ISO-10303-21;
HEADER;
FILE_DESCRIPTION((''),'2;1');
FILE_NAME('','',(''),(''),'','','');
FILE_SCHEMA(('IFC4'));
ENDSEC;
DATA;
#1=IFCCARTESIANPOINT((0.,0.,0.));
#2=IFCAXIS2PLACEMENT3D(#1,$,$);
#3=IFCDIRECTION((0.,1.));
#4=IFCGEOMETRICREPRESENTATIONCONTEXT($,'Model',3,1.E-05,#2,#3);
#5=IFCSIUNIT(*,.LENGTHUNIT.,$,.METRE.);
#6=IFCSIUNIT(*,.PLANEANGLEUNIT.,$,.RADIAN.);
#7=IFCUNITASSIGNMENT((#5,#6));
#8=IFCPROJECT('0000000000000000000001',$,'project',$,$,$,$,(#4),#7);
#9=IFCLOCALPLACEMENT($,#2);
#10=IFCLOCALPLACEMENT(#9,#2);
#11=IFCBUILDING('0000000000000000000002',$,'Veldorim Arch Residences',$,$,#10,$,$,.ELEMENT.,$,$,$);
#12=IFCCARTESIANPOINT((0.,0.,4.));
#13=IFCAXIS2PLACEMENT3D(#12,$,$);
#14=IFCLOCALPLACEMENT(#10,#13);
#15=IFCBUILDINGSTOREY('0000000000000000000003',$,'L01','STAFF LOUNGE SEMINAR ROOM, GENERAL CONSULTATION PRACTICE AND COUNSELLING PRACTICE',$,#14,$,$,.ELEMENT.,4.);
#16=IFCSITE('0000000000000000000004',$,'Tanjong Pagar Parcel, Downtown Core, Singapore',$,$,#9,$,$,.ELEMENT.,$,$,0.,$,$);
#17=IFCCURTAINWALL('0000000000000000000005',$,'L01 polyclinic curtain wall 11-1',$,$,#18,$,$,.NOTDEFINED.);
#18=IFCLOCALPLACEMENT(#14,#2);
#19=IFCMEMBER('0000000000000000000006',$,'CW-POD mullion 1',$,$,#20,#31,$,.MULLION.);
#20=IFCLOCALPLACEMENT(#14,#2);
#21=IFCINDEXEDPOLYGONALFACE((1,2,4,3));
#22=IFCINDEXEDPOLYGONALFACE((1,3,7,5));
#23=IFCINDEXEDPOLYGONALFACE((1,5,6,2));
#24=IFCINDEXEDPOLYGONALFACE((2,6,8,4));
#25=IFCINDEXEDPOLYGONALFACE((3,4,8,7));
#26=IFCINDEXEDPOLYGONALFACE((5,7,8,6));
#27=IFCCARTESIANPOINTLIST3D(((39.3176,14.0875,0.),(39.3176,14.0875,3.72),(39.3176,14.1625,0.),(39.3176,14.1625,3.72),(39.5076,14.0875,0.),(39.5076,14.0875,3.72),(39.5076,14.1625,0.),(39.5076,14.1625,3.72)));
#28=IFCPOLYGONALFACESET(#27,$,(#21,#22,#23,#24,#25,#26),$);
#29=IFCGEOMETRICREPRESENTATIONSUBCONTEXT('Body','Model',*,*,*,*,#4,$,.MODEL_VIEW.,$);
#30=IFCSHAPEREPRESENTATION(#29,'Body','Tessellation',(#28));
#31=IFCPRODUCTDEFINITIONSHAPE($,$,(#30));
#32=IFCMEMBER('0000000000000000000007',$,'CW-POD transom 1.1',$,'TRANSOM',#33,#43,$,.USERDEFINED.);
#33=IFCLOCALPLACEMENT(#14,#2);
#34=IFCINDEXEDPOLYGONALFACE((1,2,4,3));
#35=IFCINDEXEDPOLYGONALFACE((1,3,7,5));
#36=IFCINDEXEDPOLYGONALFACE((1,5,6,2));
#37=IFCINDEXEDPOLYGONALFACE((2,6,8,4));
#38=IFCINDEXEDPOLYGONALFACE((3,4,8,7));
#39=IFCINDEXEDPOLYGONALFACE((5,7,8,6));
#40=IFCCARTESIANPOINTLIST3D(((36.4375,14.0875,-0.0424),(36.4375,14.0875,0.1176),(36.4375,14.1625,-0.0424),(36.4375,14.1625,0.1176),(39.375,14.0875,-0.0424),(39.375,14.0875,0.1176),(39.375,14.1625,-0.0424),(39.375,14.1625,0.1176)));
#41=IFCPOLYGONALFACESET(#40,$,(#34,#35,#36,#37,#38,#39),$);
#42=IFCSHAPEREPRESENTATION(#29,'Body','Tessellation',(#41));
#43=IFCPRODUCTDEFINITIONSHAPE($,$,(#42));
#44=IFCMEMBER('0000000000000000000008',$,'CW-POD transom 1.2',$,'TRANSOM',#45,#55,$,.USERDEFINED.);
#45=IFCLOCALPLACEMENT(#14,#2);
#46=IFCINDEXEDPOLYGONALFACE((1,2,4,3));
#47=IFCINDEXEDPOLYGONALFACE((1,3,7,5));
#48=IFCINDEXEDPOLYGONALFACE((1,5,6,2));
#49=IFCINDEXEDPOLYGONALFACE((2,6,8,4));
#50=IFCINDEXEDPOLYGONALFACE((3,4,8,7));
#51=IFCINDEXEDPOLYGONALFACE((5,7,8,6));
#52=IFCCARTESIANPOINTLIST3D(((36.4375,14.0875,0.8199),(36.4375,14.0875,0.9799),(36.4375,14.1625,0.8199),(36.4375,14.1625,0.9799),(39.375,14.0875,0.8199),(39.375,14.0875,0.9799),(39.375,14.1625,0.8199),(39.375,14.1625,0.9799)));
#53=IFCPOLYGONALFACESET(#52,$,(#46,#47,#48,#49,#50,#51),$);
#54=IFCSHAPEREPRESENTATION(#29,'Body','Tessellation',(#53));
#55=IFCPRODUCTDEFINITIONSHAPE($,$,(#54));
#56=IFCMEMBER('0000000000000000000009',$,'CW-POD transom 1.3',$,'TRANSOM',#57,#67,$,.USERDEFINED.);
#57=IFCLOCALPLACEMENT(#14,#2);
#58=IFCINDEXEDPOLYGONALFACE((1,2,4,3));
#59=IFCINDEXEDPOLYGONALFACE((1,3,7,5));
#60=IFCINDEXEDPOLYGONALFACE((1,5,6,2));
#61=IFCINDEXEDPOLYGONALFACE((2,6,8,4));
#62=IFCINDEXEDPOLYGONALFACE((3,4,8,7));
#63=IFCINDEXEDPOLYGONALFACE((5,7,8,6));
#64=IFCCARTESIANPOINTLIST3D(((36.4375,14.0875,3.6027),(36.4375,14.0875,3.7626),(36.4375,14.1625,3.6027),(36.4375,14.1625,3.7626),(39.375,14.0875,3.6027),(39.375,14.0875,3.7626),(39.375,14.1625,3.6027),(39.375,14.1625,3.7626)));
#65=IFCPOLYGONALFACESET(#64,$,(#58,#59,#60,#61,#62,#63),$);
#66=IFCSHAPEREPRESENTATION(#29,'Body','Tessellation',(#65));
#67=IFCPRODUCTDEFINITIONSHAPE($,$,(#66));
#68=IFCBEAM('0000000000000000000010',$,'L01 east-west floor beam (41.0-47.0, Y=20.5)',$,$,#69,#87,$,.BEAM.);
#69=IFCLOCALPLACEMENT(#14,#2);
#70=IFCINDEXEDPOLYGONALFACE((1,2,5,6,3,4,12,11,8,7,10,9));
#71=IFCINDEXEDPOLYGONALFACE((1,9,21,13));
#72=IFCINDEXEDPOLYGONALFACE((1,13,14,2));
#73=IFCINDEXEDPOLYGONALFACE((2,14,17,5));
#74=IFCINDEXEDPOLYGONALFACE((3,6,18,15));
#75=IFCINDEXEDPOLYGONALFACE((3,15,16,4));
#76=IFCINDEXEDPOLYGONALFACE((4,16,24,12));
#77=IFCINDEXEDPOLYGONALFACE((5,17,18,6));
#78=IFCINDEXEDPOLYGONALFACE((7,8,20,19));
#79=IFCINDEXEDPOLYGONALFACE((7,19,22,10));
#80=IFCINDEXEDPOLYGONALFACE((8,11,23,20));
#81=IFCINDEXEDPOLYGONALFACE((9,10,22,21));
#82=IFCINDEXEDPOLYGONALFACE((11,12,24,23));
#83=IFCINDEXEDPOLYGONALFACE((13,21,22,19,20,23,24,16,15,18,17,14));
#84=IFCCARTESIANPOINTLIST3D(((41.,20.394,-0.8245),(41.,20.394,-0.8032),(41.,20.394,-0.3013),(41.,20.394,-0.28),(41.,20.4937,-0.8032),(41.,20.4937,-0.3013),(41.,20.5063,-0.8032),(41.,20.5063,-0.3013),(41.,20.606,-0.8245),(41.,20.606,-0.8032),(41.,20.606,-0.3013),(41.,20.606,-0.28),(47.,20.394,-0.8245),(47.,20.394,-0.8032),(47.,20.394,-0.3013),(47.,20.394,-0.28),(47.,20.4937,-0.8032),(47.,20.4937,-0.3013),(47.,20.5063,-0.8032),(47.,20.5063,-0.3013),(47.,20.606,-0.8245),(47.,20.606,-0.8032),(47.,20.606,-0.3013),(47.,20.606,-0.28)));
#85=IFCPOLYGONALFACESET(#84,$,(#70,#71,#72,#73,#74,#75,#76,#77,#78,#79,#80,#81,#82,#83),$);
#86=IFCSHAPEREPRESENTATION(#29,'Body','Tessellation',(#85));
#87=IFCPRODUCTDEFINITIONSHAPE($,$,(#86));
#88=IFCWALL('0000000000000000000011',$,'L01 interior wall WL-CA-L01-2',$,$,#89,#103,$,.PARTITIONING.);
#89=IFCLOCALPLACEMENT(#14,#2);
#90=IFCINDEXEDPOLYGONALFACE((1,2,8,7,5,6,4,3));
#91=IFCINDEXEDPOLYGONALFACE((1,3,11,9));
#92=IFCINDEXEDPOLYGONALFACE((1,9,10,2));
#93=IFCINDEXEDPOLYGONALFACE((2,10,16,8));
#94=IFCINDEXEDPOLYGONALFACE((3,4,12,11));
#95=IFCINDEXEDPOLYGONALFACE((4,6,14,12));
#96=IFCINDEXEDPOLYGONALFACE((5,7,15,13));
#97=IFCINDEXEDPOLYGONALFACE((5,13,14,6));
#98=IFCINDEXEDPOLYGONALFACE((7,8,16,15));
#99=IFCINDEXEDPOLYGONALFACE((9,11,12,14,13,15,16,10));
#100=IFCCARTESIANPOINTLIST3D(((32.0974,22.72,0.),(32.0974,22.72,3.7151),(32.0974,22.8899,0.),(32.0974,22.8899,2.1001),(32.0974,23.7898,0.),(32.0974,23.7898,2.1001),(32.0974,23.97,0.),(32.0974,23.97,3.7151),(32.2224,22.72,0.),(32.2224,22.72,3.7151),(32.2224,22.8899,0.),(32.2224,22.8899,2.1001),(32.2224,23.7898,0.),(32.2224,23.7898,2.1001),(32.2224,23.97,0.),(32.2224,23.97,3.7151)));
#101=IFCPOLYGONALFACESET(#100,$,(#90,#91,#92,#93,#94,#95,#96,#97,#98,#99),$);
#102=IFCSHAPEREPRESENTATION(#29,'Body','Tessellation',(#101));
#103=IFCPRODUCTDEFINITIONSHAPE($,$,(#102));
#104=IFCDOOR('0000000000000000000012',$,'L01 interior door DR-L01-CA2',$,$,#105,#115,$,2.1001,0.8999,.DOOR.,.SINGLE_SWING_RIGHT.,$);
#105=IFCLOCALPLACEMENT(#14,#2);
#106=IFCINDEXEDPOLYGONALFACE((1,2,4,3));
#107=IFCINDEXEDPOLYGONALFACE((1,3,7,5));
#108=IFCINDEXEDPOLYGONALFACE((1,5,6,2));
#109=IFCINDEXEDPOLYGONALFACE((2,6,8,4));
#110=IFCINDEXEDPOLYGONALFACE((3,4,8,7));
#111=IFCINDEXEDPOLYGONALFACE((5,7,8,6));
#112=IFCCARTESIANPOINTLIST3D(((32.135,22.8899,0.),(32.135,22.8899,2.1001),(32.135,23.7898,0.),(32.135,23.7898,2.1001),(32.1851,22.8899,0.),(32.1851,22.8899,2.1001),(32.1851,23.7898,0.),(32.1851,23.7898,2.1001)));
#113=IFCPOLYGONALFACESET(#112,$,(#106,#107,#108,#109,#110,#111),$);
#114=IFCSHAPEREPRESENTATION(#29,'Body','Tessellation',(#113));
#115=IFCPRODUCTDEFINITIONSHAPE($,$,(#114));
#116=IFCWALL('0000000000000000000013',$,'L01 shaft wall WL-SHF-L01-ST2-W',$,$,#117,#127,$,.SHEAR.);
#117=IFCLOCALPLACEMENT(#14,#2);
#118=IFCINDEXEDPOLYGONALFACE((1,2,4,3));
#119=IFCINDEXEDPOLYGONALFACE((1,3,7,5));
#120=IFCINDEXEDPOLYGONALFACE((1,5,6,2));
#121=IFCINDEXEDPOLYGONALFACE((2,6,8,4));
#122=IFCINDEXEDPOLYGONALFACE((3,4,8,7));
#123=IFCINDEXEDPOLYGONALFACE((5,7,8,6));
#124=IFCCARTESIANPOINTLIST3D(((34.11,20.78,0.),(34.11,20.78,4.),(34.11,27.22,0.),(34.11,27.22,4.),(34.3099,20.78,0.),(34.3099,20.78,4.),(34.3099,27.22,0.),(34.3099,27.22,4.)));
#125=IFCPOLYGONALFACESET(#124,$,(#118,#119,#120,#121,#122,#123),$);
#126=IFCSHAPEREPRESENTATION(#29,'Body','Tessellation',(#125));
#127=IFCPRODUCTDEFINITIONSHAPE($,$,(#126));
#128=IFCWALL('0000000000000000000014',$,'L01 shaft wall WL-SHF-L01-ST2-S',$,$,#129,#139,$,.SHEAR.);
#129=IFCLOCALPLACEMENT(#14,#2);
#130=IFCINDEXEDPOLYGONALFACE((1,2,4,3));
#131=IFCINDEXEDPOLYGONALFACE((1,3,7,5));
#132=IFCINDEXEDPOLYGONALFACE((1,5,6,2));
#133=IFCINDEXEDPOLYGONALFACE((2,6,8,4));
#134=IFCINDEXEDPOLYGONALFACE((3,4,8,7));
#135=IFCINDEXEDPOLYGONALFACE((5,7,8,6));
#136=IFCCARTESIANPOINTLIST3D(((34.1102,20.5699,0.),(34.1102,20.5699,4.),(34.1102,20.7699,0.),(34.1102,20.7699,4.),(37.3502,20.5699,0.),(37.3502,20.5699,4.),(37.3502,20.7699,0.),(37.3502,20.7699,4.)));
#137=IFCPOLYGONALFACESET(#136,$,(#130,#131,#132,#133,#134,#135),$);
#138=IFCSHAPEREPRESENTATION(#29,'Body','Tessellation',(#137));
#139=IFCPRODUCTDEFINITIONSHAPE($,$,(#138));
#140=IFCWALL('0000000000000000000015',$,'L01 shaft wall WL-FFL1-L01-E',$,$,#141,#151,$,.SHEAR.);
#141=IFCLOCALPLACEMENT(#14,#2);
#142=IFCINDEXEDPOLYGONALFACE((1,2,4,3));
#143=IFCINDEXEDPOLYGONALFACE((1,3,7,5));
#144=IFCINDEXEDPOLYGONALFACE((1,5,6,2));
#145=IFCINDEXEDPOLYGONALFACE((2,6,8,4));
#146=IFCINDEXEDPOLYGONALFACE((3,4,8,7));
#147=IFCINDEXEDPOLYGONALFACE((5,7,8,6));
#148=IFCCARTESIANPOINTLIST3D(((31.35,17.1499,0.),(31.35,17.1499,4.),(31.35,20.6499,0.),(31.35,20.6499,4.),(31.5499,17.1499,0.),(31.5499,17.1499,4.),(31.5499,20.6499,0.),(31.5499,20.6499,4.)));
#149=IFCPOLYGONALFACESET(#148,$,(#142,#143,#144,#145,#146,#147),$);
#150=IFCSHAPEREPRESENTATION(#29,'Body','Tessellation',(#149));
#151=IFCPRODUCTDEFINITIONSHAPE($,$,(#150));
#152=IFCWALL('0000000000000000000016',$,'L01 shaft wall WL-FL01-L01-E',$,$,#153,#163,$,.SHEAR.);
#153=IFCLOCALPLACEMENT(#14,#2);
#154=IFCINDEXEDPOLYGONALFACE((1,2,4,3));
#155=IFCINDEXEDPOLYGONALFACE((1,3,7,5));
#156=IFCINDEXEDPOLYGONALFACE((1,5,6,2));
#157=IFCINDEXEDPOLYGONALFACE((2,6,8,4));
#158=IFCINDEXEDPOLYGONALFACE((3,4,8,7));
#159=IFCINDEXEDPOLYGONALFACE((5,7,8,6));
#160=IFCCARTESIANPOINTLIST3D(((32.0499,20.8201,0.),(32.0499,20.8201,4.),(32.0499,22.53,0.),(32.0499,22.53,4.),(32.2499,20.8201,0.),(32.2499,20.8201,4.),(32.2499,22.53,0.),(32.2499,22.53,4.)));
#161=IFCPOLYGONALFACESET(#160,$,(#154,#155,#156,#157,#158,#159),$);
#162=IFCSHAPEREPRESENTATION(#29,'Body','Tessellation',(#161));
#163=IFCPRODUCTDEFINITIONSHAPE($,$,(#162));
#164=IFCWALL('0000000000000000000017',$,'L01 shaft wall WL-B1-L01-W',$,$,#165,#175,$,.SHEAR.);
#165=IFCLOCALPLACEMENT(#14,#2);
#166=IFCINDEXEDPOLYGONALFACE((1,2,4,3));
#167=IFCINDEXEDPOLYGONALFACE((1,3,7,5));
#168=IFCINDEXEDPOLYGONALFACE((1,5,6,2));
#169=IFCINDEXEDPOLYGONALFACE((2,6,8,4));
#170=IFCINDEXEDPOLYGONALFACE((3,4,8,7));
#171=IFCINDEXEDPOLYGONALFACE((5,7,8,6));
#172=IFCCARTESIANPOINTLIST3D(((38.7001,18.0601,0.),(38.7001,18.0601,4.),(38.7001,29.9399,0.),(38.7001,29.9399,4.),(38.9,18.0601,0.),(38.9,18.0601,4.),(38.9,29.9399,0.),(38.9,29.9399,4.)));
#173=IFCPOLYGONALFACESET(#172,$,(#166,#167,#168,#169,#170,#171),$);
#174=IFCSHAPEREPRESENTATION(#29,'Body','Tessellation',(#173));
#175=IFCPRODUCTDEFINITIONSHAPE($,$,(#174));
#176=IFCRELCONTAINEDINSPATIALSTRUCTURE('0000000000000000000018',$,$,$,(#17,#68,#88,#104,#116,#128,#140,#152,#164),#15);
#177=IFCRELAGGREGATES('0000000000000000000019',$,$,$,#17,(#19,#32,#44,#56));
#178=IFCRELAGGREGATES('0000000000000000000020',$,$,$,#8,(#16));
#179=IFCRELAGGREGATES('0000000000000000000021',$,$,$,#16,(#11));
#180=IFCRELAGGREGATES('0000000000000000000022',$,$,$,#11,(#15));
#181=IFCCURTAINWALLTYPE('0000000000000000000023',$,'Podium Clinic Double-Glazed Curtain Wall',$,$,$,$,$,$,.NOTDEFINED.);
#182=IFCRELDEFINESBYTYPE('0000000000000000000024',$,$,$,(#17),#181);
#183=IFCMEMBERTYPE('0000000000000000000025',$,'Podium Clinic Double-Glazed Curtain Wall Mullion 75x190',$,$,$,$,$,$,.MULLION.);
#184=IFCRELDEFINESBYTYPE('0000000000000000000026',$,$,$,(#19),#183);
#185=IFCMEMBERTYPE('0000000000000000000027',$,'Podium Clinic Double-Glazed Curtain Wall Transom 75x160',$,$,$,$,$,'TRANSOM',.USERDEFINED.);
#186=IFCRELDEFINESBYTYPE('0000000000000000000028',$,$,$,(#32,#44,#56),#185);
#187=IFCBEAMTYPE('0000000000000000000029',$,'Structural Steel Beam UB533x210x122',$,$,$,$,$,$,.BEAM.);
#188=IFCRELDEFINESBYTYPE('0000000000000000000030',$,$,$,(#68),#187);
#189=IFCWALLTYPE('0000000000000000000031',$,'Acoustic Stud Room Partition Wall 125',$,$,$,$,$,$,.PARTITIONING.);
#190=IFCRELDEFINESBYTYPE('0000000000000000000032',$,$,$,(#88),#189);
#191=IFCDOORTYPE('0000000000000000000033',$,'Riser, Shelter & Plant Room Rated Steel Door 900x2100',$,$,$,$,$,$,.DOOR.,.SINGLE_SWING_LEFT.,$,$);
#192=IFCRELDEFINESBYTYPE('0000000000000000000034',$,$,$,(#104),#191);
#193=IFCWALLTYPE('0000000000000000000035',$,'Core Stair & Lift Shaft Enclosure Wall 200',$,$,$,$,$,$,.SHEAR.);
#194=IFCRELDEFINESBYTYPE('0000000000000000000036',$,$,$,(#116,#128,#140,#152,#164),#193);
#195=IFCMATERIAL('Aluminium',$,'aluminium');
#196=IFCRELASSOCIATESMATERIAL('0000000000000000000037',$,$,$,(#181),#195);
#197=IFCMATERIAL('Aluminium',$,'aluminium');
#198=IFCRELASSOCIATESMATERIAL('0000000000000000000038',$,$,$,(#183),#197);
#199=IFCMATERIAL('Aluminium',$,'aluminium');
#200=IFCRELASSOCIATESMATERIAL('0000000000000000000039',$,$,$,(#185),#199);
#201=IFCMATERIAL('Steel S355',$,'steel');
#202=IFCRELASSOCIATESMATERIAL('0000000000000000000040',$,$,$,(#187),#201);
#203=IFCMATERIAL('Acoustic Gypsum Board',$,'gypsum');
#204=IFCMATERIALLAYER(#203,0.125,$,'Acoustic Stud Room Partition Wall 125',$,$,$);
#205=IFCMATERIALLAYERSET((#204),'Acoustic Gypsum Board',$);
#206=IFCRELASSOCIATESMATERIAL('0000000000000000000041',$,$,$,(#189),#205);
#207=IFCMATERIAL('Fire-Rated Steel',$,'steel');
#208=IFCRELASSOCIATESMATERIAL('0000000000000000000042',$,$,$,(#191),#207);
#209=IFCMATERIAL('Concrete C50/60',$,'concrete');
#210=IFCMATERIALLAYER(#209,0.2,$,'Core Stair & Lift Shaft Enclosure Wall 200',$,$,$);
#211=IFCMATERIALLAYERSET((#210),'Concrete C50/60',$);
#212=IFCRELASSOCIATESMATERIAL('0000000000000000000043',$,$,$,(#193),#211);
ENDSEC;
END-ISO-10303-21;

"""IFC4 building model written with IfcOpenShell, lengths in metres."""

from ifc_helpers import new_model, si_unit, direction, frame, frame_2d, origin, origin_2d, place, context, subcontext, project, spatial, rectangle, i_section, extrude, material, layer, layer_set, material_profile, profile_set, type_object, element, fill, aggregate, save


model = new_model("IFC4")

# Units and contexts
model_context = context("Model", 3, precision=1e-05, world=origin(), true_north=direction((0.0, 1.0)))
body_context = subcontext(model_context, "Body", "Model", "MODEL_VIEW")
ifc_project = project(units=[si_unit("LENGTHUNIT", "METRE"), si_unit("PLANEANGLEUNIT", "RADIAN")], contexts=[model_context])

# Site, building, storey
site_placement = place(None, origin())
site = spatial("IfcSite", under=ifc_project, at=site_placement, Name="Tanjong Pagar Parcel, Downtown Core, Singapore", CompositionType="ELEMENT", RefElevation=0.0)
building_placement = place(site_placement, origin())
building = spatial("IfcBuilding", under=site, at=building_placement, Name="Veldorim Arch Residences", CompositionType="ELEMENT")
storey_placement = place(building_placement, frame((0.0, 0.0, 4.0)))
storey = spatial("IfcBuildingStorey", under=building, at=storey_placement, Name="L01", Description="STAFF LOUNGE SEMINAR ROOM, GENERAL CONSULTATION PRACTICE AND COUNSELLING PRACTICE", CompositionType="ELEMENT", Elevation=4.0)

# Curtain wall, members
ifc_material_1 = material(Name="Aluminium", Category="aluminium")
curtain_wall_type = type_object("IfcCurtainWallType", Name="Podium Clinic Double-Glazed Curtain Wall", PredefinedType="NOTDEFINED", material=ifc_material_1)
curtain_wall_placement = place(storey_placement, origin())
curtain_wall = element("IfcCurtainWall", 1, at=curtain_wall_placement, inside=storey, type_object=curtain_wall_type, Name="L01 polyclinic curtain wall 11-1", PredefinedType="NOTDEFINED")
ifc_material_2 = material(Name="Aluminium", Category="aluminium")
ifc_material_profile_1 = material_profile(ifc_material_2, rectangle(XDim=0.075, YDim=0.1899, at=origin_2d()), Name="ALU_MUL_75x190")
ifc_profile_set_1 = profile_set([ifc_material_profile_1], Name="Aluminium")
member_type_1 = type_object("IfcMemberType", Name="Podium Clinic Double-Glazed Curtain Wall Mullion 75x190", PredefinedType="MULLION", material=ifc_profile_set_1)
member_1_placement = place(storey_placement, frame((39.4126, 14.125, 0.0), z_axis=(0.0, 0.0, 1.0), x_axis=(0.0, -1.0, 0.0)))
member_1 = element("IfcMember", 2, at=member_1_placement, type_object=member_type_1, Name="CW-POD mullion 1", PredefinedType="MULLION", context=body_context, shape_type="SweptSolid", body=[
    extrude(rectangle(XDim=0.075, YDim=0.1899, at=origin_2d()), origin(), (0.0, 0.0, 1.0), 3.72),
])
ifc_material_3 = material(Name="Aluminium", Category="aluminium")
ifc_material_profile_2 = material_profile(ifc_material_3, rectangle(XDim=0.075, YDim=0.1599, at=origin_2d()), Name="ALU_TRN_75x160")
ifc_profile_set_2 = profile_set([ifc_material_profile_2], Name="Aluminium")
member_type_2 = type_object("IfcMemberType", Name="Podium Clinic Double-Glazed Curtain Wall Transom 75x160", ElementType="TRANSOM", PredefinedType="USERDEFINED", material=ifc_profile_set_2)
member_2_placement = place(storey_placement, frame((39.375, 14.125, 0.0376), z_axis=(-1.0, 0.0, 0.0), x_axis=(0.0, -1.0, 0.0)))
member_2 = element("IfcMember", 3, at=member_2_placement, type_object=member_type_2, Name="CW-POD transom 1.1", ObjectType="TRANSOM", PredefinedType="USERDEFINED", context=body_context, shape_type="SweptSolid", body=[
    extrude(rectangle(XDim=0.075, YDim=0.1599, at=origin_2d()), origin(), (0.0, 0.0, 1.0), 2.9375),
])
member_3_placement = place(storey_placement, frame((39.375, 14.125, 0.8999), z_axis=(-1.0, 0.0, 0.0), x_axis=(0.0, -1.0, 0.0)))
member_3 = element("IfcMember", 4, at=member_3_placement, type_object=member_type_2, Name="CW-POD transom 1.2", ObjectType="TRANSOM", PredefinedType="USERDEFINED", context=body_context, shape_type="SweptSolid", body=[
    extrude(rectangle(XDim=0.075, YDim=0.1599, at=origin_2d()), origin(), (0.0, 0.0, 1.0), 2.9375),
])
member_4_placement = place(storey_placement, frame((39.375, 14.125, 3.6826), z_axis=(-1.0, 0.0, 0.0), x_axis=(0.0, -1.0, 0.0)))
member_4 = element("IfcMember", 5, at=member_4_placement, type_object=member_type_2, Name="CW-POD transom 1.3", ObjectType="TRANSOM", PredefinedType="USERDEFINED", context=body_context, shape_type="SweptSolid", body=[
    extrude(rectangle(XDim=0.075, YDim=0.1599, at=origin_2d()), origin(), (0.0, 0.0, 1.0), 2.9375),
])
aggregate(curtain_wall, [member_1, member_2, member_3, member_4])

# Beam
ifc_material_4 = material(Name="Steel S355", Category="steel")
ifc_material_profile_3 = material_profile(ifc_material_4, i_section(OverallWidth=0.2119, OverallDepth=0.5444, WebThickness=0.0127, FlangeThickness=0.0212, at=origin_2d()), Name="UB533x210x122")
ifc_profile_set_3 = profile_set([ifc_material_profile_3], Name="Steel S355")
beam_type = type_object("IfcBeamType", Name="Structural Steel Beam UB533x210x122", PredefinedType="BEAM", material=ifc_profile_set_3)
beam_placement = place(storey_placement, frame((41.0, 20.5, -0.5522), z_axis=(1.0, 0.0, 0.0), x_axis=(0.0, 1.0, 0.0)))
element("IfcBeam", 6, at=beam_placement, inside=storey, type_object=beam_type, Name="L01 east-west floor beam (41.0-47.0, Y=20.5)", PredefinedType="BEAM", context=body_context, shape_type="SweptSolid", body=[
    extrude(i_section(OverallWidth=0.2119, OverallDepth=0.5444, WebThickness=0.0127, FlangeThickness=0.0212, at=origin_2d()), origin(), (0.0, 0.0, 1.0), 6.0),
])

# Wall, opening, door
ifc_material_5 = material(Name="Acoustic Gypsum Board", Category="gypsum")
ifc_layer_1 = layer(ifc_material_5, 0.125, Name="Acoustic Stud Room Partition Wall 125")
ifc_layer_set_1 = layer_set([ifc_layer_1], Name="Acoustic Gypsum Board")
wall_type_1 = type_object("IfcWallType", Name="Acoustic Stud Room Partition Wall 125", PredefinedType="PARTITIONING", material=ifc_layer_set_1)
wall_1_placement = place(storey_placement, frame((32.1599, 22.72, 0.0), z_axis=(0.0, 0.0, 1.0), x_axis=(0.0, 1.0, 0.0)))
wall_1 = element("IfcWall", 7, at=wall_1_placement, inside=storey, type_object=wall_type_1, Name="L01 interior wall WL-CA-L01-2", PredefinedType="PARTITIONING", context=body_context, shape_type="SweptSolid", body=[
    extrude(rectangle(XDim=1.25, YDim=0.125, at=frame_2d((0.625, 0.0))), origin(), (0.0, 0.0, 1.0), 3.7151),
])
opening_placement = place(wall_1_placement, frame((0.1699, 0.0, 0.0)))
opening = element("IfcOpeningElement", 8, at=opening_placement, cuts=wall_1, PredefinedType="OPENING", context=body_context, shape_type="SweptSolid", body=[
    extrude(rectangle(XDim=0.8999, YDim=2.1001, at=frame_2d((0.45, 1.05))), frame((0.0, 0.0725, 0.0), z_axis=(0.0, -1.0, 0.0), x_axis=(1.0, 0.0, 0.0)), (0.0, 0.0, 1.0), 0.145),
])
ifc_material_6 = material(Name="Fire-Rated Steel", Category="steel")
door_type = type_object("IfcDoorType", Name="Riser, Shelter & Plant Room Rated Steel Door 900x2100", OperationType="SINGLE_SWING_LEFT", PredefinedType="DOOR", material=ifc_material_6)
door_placement = place(opening_placement, origin())
door = element("IfcDoor", 9, at=door_placement, inside=storey, type_object=door_type, Name="L01 interior door DR-L01-CA2", OperationType="SINGLE_SWING_RIGHT", OverallHeight=2.1001, OverallWidth=0.8999, PredefinedType="DOOR", context=body_context, shape_type="SweptSolid", body=[
    extrude(rectangle(XDim=0.8999, YDim=2.1001, at=frame_2d((0.45, 1.05))), frame((0.0, 0.0249, 0.0), z_axis=(0.0, -1.0, 0.0), x_axis=(1.0, 0.0, 0.0)), (0.0, 0.0, 1.0), 0.05),
])
fill(opening, door)

# Walls
ifc_material_7 = material(Name="Concrete C50/60", Category="concrete")
ifc_layer_2 = layer(ifc_material_7, 0.2, Name="Core Stair & Lift Shaft Enclosure Wall 200")
ifc_layer_set_2 = layer_set([ifc_layer_2], Name="Concrete C50/60")
wall_type_2 = type_object("IfcWallType", Name="Core Stair & Lift Shaft Enclosure Wall 200", PredefinedType="SHEAR", material=ifc_layer_set_2)
wall_2_placement = place(storey_placement, frame((34.21, 20.78, 0.0), z_axis=(0.0, 0.0, 1.0), x_axis=(0.0, 1.0, 0.0)))
element("IfcWall", 10, at=wall_2_placement, inside=storey, type_object=wall_type_2, Name="L01 shaft wall WL-SHF-L01-ST2-W", PredefinedType="SHEAR", context=body_context, shape_type="SweptSolid", body=[
    extrude(rectangle(XDim=6.4399, YDim=0.2, at=frame_2d((3.22, 0.0))), origin(), (0.0, 0.0, 1.0), 4.0),
])
wall_3_placement = place(storey_placement, frame((34.1101, 20.6699, 0.0), z_axis=(0.0, 0.0, 1.0), x_axis=(1.0, 0.0, 0.0)))
element("IfcWall", 11, at=wall_3_placement, inside=storey, type_object=wall_type_2, Name="L01 shaft wall WL-SHF-L01-ST2-S", PredefinedType="SHEAR", context=body_context, shape_type="SweptSolid", body=[
    extrude(rectangle(XDim=3.24, YDim=0.2, at=frame_2d((1.6201, 0.0))), origin(), (0.0, 0.0, 1.0), 4.0),
])
wall_4_placement = place(storey_placement, frame((31.45, 17.1499, 0.0), z_axis=(0.0, 0.0, 1.0), x_axis=(0.0, 1.0, 0.0)))
element("IfcWall", 12, at=wall_4_placement, inside=storey, type_object=wall_type_2, Name="L01 shaft wall WL-FFL1-L01-E", PredefinedType="SHEAR", context=body_context, shape_type="SweptSolid", body=[
    extrude(rectangle(XDim=3.5, YDim=0.2, at=frame_2d((1.75, 0.0))), origin(), (0.0, 0.0, 1.0), 4.0),
])
wall_5_placement = place(storey_placement, frame((32.1499, 20.8201, 0.0), z_axis=(0.0, 0.0, 1.0), x_axis=(0.0, 1.0, 0.0)))
element("IfcWall", 13, at=wall_5_placement, inside=storey, type_object=wall_type_2, Name="L01 shaft wall WL-FL01-L01-E", PredefinedType="SHEAR", context=body_context, shape_type="SweptSolid", body=[
    extrude(rectangle(XDim=1.71, YDim=0.2, at=frame_2d((0.855, 0.0))), origin(), (0.0, 0.0, 1.0), 4.0),
])
wall_6_placement = place(storey_placement, frame((38.8, 18.0601, 0.0), z_axis=(0.0, 0.0, 1.0), x_axis=(0.0, 1.0, 0.0)))
element("IfcWall", 14, at=wall_6_placement, inside=storey, type_object=wall_type_2, Name="L01 shaft wall WL-B1-L01-W", PredefinedType="SHEAR", context=body_context, shape_type="SweptSolid", body=[
    extrude(rectangle(XDim=11.8799, YDim=0.2, at=frame_2d((5.9399, 0.0))), origin(), (0.0, 0.0, 1.0), 4.0),
])

save(model, "model.ifc")
